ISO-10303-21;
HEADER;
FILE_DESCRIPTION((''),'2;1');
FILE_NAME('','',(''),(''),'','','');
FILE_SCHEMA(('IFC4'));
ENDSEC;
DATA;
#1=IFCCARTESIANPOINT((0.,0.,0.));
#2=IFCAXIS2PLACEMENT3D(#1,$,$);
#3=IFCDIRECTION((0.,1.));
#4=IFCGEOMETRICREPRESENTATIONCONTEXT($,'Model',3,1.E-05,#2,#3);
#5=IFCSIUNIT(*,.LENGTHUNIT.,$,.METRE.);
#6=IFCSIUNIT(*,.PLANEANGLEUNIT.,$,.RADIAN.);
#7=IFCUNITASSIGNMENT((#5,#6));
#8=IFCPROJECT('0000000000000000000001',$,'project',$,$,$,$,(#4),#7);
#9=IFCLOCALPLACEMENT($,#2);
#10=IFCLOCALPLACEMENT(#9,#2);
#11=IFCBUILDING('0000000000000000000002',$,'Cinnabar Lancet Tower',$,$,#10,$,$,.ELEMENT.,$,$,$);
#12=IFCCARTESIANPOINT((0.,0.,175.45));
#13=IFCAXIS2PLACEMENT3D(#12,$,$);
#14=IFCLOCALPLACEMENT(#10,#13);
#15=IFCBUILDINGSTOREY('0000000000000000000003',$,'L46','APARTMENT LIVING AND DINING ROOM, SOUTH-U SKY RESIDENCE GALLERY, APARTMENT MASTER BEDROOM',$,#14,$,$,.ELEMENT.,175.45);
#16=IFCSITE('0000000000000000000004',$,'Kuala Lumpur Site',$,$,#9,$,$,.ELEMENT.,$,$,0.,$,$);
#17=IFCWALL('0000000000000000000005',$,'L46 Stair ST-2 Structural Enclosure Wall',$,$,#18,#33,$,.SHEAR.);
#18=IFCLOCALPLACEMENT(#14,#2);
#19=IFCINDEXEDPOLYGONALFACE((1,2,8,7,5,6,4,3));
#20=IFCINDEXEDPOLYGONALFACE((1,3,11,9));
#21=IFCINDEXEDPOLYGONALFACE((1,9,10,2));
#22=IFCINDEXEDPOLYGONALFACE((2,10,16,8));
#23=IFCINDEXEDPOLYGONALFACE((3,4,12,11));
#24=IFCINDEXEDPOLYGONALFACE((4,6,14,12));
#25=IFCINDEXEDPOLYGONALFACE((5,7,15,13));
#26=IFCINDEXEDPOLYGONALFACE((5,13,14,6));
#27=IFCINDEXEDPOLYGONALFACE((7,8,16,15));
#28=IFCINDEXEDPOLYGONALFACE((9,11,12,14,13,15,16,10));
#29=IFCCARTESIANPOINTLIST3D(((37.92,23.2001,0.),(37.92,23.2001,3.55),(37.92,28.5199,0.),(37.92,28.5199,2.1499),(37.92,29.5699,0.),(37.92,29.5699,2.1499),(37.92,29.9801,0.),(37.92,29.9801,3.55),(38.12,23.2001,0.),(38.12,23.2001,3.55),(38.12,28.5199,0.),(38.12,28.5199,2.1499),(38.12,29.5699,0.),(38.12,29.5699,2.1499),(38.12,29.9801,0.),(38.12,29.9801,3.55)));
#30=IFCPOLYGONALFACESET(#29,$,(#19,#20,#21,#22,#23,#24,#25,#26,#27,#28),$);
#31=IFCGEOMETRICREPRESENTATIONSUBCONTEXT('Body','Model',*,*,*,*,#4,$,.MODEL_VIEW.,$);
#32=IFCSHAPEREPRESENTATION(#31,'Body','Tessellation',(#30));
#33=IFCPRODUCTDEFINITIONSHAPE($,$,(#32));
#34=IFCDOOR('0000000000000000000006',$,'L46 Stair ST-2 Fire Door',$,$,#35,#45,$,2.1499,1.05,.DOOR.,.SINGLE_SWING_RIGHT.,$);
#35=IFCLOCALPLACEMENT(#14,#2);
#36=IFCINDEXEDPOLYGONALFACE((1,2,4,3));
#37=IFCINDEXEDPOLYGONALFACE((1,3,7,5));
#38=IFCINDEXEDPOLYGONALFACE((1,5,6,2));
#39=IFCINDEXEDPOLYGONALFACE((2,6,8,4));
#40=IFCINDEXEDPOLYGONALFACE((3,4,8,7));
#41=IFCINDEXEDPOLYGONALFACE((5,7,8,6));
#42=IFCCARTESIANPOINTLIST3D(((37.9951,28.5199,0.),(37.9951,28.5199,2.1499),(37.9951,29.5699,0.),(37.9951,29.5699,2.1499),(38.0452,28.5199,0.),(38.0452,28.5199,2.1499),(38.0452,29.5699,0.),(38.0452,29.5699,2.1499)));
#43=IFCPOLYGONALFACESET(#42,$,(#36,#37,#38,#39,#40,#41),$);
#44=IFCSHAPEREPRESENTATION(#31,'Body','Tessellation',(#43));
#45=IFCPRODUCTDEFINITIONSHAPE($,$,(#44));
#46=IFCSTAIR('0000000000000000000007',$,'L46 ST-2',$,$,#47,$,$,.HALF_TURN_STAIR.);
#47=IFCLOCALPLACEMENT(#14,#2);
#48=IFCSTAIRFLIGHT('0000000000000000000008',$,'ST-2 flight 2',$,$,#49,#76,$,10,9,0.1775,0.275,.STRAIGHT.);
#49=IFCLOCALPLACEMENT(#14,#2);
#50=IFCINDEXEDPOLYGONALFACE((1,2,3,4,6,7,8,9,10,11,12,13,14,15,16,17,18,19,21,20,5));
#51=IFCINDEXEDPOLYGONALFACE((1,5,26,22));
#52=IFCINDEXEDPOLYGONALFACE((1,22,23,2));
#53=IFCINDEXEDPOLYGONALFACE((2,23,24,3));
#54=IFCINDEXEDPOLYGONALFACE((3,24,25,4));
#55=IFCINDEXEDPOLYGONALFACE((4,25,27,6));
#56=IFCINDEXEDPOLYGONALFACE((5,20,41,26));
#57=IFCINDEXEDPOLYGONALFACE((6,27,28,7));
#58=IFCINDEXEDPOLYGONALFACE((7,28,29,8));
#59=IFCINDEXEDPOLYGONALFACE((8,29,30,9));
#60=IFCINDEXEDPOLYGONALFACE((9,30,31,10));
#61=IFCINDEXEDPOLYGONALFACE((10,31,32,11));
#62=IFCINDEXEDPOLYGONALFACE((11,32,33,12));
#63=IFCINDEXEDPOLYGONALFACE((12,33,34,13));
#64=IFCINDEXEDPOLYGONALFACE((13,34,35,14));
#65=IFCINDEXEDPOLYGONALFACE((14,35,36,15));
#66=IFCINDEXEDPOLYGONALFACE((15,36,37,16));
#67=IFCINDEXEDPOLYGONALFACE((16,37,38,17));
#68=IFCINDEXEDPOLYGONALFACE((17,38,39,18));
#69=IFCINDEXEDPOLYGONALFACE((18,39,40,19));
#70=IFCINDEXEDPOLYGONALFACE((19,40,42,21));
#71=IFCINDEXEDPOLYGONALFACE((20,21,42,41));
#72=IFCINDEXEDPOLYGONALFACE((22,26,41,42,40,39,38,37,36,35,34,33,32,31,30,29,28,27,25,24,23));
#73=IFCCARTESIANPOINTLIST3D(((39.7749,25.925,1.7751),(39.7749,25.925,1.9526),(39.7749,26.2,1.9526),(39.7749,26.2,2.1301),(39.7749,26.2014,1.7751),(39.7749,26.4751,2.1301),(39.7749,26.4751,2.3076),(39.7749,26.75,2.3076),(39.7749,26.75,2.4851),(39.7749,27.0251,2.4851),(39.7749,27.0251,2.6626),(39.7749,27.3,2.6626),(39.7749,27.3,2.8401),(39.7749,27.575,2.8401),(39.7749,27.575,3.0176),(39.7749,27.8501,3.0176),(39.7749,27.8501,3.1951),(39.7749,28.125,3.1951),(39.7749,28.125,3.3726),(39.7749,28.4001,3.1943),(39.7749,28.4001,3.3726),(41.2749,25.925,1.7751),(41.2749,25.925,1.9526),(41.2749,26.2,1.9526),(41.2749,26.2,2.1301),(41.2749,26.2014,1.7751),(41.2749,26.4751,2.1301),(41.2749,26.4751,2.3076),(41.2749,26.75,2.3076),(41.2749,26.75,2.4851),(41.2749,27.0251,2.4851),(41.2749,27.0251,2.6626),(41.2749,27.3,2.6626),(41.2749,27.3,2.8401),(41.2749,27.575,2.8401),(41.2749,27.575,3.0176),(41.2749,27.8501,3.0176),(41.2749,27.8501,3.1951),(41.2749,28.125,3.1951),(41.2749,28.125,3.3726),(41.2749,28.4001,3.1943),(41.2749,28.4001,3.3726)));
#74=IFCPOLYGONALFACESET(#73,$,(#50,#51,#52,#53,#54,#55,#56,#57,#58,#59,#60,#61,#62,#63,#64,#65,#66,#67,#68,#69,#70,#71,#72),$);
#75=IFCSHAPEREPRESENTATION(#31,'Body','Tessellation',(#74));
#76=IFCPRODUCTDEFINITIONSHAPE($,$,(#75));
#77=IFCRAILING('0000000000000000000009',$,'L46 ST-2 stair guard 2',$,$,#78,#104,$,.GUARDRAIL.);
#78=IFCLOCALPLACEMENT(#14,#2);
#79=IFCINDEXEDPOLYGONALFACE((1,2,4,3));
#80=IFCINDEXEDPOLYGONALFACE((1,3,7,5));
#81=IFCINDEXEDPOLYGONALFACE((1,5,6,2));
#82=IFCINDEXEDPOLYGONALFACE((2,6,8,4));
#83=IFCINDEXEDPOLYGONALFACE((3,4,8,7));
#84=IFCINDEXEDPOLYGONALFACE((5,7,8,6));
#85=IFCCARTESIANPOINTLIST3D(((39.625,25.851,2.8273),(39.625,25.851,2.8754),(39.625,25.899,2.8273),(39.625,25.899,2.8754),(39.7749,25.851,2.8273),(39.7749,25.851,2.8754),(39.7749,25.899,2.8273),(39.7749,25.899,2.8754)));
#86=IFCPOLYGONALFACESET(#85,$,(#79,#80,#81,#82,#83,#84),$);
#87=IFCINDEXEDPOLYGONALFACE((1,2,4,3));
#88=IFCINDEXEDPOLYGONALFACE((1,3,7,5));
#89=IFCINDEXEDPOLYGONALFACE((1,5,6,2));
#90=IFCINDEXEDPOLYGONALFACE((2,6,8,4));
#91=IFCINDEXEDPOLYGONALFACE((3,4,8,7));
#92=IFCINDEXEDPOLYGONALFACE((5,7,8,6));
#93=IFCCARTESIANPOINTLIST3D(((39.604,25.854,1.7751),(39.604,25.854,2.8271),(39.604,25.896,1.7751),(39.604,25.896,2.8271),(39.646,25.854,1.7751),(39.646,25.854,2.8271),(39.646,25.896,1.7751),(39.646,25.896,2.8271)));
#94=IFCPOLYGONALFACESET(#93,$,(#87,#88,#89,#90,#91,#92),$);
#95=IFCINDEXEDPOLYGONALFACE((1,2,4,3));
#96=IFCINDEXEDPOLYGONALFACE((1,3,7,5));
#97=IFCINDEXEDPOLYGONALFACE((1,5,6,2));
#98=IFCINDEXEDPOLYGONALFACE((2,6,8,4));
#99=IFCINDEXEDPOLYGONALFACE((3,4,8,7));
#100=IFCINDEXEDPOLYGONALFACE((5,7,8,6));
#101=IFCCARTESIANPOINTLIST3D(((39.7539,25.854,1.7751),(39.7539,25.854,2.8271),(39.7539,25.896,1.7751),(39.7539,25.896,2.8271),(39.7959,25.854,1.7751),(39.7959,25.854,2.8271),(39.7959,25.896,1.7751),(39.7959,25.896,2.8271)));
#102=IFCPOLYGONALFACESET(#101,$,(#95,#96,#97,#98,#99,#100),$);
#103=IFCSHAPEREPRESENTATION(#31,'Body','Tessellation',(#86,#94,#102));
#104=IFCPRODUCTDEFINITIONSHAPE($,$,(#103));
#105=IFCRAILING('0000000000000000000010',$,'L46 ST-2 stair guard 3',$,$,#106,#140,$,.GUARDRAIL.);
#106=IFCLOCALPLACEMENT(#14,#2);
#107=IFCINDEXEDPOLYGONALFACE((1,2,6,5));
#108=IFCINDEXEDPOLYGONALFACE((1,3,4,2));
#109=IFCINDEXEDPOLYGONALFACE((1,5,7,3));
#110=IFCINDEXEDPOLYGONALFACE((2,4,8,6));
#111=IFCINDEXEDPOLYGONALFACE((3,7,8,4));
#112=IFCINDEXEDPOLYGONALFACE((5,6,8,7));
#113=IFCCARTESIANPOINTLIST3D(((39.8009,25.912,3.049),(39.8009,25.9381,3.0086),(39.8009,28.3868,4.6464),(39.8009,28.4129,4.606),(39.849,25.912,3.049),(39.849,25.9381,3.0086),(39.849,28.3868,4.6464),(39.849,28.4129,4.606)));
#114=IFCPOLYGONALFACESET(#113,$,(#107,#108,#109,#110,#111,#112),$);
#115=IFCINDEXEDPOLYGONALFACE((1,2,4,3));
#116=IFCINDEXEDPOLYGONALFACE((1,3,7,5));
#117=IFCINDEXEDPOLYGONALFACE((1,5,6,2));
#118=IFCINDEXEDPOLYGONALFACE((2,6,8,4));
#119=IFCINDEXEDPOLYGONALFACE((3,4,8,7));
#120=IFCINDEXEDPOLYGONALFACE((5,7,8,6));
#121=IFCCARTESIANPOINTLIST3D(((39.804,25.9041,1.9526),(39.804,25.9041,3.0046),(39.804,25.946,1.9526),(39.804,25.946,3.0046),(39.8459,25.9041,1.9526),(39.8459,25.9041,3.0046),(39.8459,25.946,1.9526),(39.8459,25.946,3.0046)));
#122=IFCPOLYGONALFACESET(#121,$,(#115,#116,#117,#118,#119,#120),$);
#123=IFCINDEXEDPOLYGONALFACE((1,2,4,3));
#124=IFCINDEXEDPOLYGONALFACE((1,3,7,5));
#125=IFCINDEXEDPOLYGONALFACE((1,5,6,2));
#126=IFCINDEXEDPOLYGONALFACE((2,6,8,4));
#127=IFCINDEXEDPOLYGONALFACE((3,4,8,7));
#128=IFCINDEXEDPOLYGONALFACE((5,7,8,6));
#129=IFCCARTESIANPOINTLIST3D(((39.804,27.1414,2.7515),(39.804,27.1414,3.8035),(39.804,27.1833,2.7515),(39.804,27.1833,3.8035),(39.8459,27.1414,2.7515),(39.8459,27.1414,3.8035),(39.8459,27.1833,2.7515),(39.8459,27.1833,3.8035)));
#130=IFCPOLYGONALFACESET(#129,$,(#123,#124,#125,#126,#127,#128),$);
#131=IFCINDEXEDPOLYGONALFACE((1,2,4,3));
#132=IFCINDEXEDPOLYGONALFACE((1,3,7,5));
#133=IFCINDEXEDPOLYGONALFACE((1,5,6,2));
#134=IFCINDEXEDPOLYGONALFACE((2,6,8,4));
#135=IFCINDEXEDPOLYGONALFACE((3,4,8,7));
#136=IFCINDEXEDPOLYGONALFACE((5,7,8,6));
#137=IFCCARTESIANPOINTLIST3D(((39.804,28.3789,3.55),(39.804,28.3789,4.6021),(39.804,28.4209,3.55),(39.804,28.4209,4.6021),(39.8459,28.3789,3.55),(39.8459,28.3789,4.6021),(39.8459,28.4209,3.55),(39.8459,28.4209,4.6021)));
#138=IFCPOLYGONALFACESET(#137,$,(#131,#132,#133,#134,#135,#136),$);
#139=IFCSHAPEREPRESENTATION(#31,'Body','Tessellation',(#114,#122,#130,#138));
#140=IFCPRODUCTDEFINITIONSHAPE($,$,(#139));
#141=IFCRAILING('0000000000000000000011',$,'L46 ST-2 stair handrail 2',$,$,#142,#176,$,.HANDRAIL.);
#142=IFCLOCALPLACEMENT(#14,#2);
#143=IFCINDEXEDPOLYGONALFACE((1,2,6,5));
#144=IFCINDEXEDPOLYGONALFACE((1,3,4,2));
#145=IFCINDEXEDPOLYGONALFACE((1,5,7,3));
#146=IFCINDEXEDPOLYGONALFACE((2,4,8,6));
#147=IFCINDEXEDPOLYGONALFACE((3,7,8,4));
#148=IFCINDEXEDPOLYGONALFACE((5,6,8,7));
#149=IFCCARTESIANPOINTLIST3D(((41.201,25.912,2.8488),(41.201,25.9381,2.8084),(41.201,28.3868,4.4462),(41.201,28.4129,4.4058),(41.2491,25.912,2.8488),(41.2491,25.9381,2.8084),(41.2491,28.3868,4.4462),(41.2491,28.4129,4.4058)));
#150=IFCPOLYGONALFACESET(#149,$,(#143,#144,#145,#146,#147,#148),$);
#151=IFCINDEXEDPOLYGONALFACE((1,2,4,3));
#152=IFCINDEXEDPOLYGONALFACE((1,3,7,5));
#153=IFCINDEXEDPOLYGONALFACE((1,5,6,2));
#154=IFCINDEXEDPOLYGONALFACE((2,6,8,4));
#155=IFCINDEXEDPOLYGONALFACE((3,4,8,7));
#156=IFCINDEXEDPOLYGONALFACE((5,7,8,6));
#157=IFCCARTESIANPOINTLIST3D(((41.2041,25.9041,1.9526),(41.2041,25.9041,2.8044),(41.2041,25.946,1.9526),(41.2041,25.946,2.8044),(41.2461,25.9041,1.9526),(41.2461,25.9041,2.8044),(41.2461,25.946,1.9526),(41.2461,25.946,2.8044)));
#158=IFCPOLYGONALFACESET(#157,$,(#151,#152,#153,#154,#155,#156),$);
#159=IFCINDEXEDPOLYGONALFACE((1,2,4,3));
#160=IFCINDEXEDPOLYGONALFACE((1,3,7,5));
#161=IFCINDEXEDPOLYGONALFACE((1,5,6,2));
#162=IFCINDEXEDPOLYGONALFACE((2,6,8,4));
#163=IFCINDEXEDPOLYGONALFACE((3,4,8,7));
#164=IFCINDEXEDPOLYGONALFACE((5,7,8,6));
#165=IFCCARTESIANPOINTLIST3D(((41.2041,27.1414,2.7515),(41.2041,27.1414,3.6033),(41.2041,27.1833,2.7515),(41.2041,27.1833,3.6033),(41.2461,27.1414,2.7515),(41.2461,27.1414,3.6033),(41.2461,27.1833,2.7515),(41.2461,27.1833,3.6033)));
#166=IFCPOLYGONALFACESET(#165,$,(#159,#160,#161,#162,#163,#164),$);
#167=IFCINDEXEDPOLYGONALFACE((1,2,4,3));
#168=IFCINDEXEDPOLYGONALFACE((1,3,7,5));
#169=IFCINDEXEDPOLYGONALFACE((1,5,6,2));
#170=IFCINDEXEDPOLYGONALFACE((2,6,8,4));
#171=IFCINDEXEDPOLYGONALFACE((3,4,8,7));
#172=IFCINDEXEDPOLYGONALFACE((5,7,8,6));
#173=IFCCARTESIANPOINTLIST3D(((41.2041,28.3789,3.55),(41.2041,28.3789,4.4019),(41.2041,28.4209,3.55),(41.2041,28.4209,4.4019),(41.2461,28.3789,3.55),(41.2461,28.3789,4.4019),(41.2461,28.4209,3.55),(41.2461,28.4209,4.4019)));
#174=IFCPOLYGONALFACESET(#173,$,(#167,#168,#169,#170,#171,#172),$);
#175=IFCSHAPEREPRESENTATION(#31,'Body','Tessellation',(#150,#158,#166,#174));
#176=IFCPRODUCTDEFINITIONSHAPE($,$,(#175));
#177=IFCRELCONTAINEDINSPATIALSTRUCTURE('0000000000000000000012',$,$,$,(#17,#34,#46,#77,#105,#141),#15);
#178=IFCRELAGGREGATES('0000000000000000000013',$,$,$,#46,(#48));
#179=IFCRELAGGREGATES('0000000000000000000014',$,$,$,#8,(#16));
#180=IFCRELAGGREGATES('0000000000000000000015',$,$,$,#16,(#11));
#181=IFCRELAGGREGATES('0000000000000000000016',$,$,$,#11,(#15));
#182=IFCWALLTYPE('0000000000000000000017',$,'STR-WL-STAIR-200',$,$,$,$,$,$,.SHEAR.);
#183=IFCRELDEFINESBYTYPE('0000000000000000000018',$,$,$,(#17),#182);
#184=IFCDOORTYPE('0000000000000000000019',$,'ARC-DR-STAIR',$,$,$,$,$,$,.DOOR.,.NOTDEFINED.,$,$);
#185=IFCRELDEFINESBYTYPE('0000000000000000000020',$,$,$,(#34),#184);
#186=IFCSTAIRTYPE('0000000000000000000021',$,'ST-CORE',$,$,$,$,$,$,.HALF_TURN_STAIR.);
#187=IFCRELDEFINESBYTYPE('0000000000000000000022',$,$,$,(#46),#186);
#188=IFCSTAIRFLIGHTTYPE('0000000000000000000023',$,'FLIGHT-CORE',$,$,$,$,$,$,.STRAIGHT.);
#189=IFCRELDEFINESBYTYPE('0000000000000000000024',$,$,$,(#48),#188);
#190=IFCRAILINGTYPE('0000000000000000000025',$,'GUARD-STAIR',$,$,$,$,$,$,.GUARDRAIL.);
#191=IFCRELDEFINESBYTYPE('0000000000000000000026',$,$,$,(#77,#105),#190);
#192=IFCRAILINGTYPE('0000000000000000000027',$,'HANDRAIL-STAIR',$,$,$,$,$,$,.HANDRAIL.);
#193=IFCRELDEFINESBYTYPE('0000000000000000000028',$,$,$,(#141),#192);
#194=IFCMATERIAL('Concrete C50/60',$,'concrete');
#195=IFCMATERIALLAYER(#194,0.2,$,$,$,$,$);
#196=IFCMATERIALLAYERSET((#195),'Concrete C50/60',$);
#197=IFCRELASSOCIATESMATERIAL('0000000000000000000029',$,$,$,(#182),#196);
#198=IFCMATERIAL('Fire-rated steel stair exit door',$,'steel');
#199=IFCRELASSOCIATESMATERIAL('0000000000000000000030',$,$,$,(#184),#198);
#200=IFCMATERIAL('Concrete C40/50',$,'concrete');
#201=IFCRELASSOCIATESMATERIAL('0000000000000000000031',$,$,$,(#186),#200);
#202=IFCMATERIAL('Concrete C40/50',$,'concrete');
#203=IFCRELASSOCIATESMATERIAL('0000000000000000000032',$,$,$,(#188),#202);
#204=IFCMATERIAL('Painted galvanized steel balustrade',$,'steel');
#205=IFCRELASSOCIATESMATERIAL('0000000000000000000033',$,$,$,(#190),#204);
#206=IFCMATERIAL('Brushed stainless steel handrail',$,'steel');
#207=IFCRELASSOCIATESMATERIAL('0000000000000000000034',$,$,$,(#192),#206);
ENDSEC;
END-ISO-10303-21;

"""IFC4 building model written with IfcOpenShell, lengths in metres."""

from ifc_helpers import new_model, si_unit, direction, frame, frame_2d, origin, origin_2d, place, context, subcontext, project, spatial, polyline, rectangle, outline, extrude, material, layer, layer_set, type_object, element, fill, aggregate, save


model = new_model("IFC4")

# Units and contexts
model_context = context("Model", 3, precision=1e-05, world=origin(), true_north=direction((0.0, 1.0)))
body_context = subcontext(model_context, "Body", "Model", "MODEL_VIEW")
ifc_project = project(units=[si_unit("LENGTHUNIT", "METRE"), si_unit("PLANEANGLEUNIT", "RADIAN")], contexts=[model_context])

# Site, building, storey
site_placement = place(None, origin())
site = spatial("IfcSite", under=ifc_project, at=site_placement, Name="Kuala Lumpur Site", CompositionType="ELEMENT", RefElevation=0.0)
building_placement = place(site_placement, origin())
building = spatial("IfcBuilding", under=site, at=building_placement, Name="Cinnabar Lancet Tower", CompositionType="ELEMENT")
storey_placement = place(building_placement, frame((0.0, 0.0, 175.45)))
storey = spatial("IfcBuildingStorey", under=building, at=storey_placement, Name="L46", Description="APARTMENT LIVING AND DINING ROOM, SOUTH-U SKY RESIDENCE GALLERY, APARTMENT MASTER BEDROOM", CompositionType="ELEMENT", Elevation=175.45)

# Wall, opening, door
ifc_material_1 = material(Name="Concrete C50/60", Category="concrete")
ifc_layer_1 = layer(ifc_material_1, 0.2)
ifc_layer_set_1 = layer_set([ifc_layer_1], Name="Concrete C50/60")
wall_type_1 = type_object("IfcWallType", Name="STR-WL-STAIR-200", PredefinedType="SHEAR", material=ifc_layer_set_1)
wall_1_placement = place(storey_placement, frame((38.02, 23.2, 0.0), z_axis=(0.0, 0.0, 1.0), x_axis=(0.0, 1.0, 0.0)))
wall_1 = element("IfcWall", 1, at=wall_1_placement, inside=storey, type_object=wall_type_1, Name="L46 Stair ST-2 Structural Enclosure Wall", PredefinedType="SHEAR", context=body_context, shape_type="SweptSolid", body=[
    extrude(rectangle(XDim=6.78, YDim=0.2, at=frame_2d((3.3901, 0.0))), origin(), (0.0, 0.0, 1.0), 3.55),
])
opening_1_placement = place(wall_1_placement, frame((5.3201, 0.0, 0.0)))
opening_1 = element("IfcOpeningElement", 2, at=opening_1_placement, cuts=wall_1, PredefinedType="OPENING", context=body_context, shape_type="SweptSolid", body=[
    extrude(rectangle(XDim=1.05, YDim=2.1499, at=frame_2d((0.5249, 1.075))), frame((0.0, 0.1099, 0.0), z_axis=(0.0, -1.0, 0.0), x_axis=(1.0, 0.0, 0.0)), (0.0, 0.0, 1.0), 0.22),
])
ifc_material_2 = material(Name="Fire-rated steel stair exit door", Category="steel")
door_type_1 = type_object("IfcDoorType", Name="ARC-DR-STAIR", OperationType="NOTDEFINED", PredefinedType="DOOR", material=ifc_material_2)
door_1_placement = place(opening_1_placement, origin())
door_1 = element("IfcDoor", 3, at=door_1_placement, inside=storey, type_object=door_type_1, Name="L46 Stair ST-2 Fire Door", OperationType="SINGLE_SWING_RIGHT", OverallHeight=2.1499, OverallWidth=1.05, PredefinedType="DOOR", context=body_context, shape_type="SweptSolid", body=[
    extrude(rectangle(XDim=1.05, YDim=2.1499, at=frame_2d((0.5249, 1.075))), frame((0.0, 0.0249, 0.0), z_axis=(0.0, -1.0, 0.0), x_axis=(1.0, 0.0, 0.0)), (0.0, 0.0, 1.0), 0.05),
])
fill(opening_1, door_1)

# Stair, stair flight
ifc_material_3 = material(Name="Concrete C40/50", Category="concrete")
stair_type = type_object("IfcStairType", Name="ST-CORE", PredefinedType="HALF_TURN_STAIR", material=ifc_material_3)
stair_placement = place(storey_placement, origin())
stair = element("IfcStair", 4, at=stair_placement, inside=storey, type_object=stair_type, Name="L46 ST-2", PredefinedType="HALF_TURN_STAIR")
ifc_material_4 = material(Name="Concrete C40/50", Category="concrete")
stair_flight_type = type_object("IfcStairFlightType", Name="FLIGHT-CORE", PredefinedType="STRAIGHT", material=ifc_material_4)
stair_flight_placement = place(storey_placement, frame((40.5249, 25.925, 1.7751), z_axis=(0.0, 0.0, 1.0), x_axis=(0.0, 1.0, 0.0)))
stair_flight = element("IfcStairFlight", 5, at=stair_flight_placement, type_object=stair_flight_type, Name="ST-2 flight 2", NumberOfRisers=10, NumberOfTreads=9, PredefinedType="STRAIGHT", RiserHeight=0.1775, TreadLength=0.275, context=body_context, shape_type="SweptSolid", body=[
    extrude(outline(polyline([(0.0, 0.0), (0.0, 0.1775), (0.2749, 0.1775), (0.2749, 0.355), (0.55, 0.355), (0.55, 0.5325), (0.825, 0.5325), (0.825, 0.71), (1.1001, 0.71), (1.1001, 0.8875), (1.375, 0.8875), (1.375, 1.0649), (1.6499, 1.0649), (1.6499, 1.2424), (1.925, 1.2424), (1.925, 1.4199), (2.2, 1.4199), (2.2, 1.5974), (2.4751, 1.5974), (2.4751, 1.7749), (2.4751, 1.4192), (0.2764, 0.0), (0.0, 0.0)])), frame((0.0, 0.75, 0.0), z_axis=(0.0, -1.0, 0.0), x_axis=(1.0, 0.0, 0.0)), (0.0, 0.0, 1.0), 1.5),
])
aggregate(stair, [stair_flight])

# Railings
ifc_material_5 = material(Name="Painted galvanized steel balustrade", Category="steel")
railing_type_1 = type_object("IfcRailingType", Name="GUARD-STAIR", PredefinedType="GUARDRAIL", material=ifc_material_5)
railing_1_placement = place(storey_placement, frame((39.625, 25.875, 1.7751)))
element("IfcRailing", 6, at=railing_1_placement, inside=storey, type_object=railing_type_1, Name="L46 ST-2 stair guard 2", PredefinedType="GUARDRAIL", context=body_context, shape_type="SweptSolid", body=[
    extrude(rectangle(XDim=0.0481, YDim=0.0481, at=origin_2d()), frame((0.0, 0.0, 1.0762), z_axis=(1.0, 0.0, 0.0), x_axis=(0.0, 1.0, 0.0)), (0.0, 0.0, 1.0), 0.1499),
    extrude(rectangle(XDim=0.042, YDim=0.042, at=origin_2d()), origin(), (0.0, 0.0, 1.0), 1.052),
    extrude(rectangle(XDim=0.042, YDim=0.042, at=origin_2d()), frame((0.1499, 0.0, 0.0)), (0.0, 0.0, 1.0), 1.052),
])
railing_2_placement = place(storey_placement, frame((39.825, 25.925, 1.9526)))
element("IfcRailing", 7, at=railing_2_placement, inside=storey, type_object=railing_type_1, Name="L46 ST-2 stair guard 3", PredefinedType="GUARDRAIL", context=body_context, shape_type="SweptSolid", body=[
    extrude(rectangle(XDim=0.0481, YDim=0.0481, at=origin_2d()), frame((0.0, 0.0, 1.0762), z_axis=(0.0, 0.840183, 0.542302), x_axis=(-1.0, 0.0, 0.0)), (0.0, 0.0, 1.0), 2.9456),
    extrude(rectangle(XDim=0.042, YDim=0.042, at=origin_2d()), origin(), (0.0, 0.0, 1.0), 1.052),
    extrude(rectangle(XDim=0.042, YDim=0.042, at=origin_2d()), frame((0.0, 1.2373, 0.7988)), (0.0, 0.0, 1.0), 1.052),
    extrude(rectangle(XDim=0.042, YDim=0.042, at=origin_2d()), frame((0.0, 2.4749, 1.5974)), (0.0, 0.0, 1.0), 1.052),
])
ifc_material_6 = material(Name="Brushed stainless steel handrail", Category="steel")
railing_type_2 = type_object("IfcRailingType", Name="HANDRAIL-STAIR", PredefinedType="HANDRAIL", material=ifc_material_6)
railing_3_placement = place(storey_placement, frame((41.2251, 25.925, 1.9526)))
element("IfcRailing", 8, at=railing_3_placement, inside=storey, type_object=railing_type_2, Name="L46 ST-2 stair handrail 2", PredefinedType="HANDRAIL", context=body_context, shape_type="SweptSolid", body=[
    extrude(rectangle(XDim=0.0481, YDim=0.0481, at=origin_2d()), frame((0.0, 0.0, 0.876), z_axis=(0.0, 0.840183, 0.542302), x_axis=(-1.0, 0.0, 0.0)), (0.0, 0.0, 1.0), 2.9456),
    extrude(rectangle(XDim=0.042, YDim=0.042, at=origin_2d()), origin(), (0.0, 0.0, 1.0), 0.8518),
    extrude(rectangle(XDim=0.042, YDim=0.042, at=origin_2d()), frame((0.0, 1.2373, 0.7988)), (0.0, 0.0, 1.0), 0.8518),
    extrude(rectangle(XDim=0.042, YDim=0.042, at=origin_2d()), frame((0.0, 2.4749, 1.5974)), (0.0, 0.0, 1.0), 0.8518),
])

save(model, "model.ifc")
